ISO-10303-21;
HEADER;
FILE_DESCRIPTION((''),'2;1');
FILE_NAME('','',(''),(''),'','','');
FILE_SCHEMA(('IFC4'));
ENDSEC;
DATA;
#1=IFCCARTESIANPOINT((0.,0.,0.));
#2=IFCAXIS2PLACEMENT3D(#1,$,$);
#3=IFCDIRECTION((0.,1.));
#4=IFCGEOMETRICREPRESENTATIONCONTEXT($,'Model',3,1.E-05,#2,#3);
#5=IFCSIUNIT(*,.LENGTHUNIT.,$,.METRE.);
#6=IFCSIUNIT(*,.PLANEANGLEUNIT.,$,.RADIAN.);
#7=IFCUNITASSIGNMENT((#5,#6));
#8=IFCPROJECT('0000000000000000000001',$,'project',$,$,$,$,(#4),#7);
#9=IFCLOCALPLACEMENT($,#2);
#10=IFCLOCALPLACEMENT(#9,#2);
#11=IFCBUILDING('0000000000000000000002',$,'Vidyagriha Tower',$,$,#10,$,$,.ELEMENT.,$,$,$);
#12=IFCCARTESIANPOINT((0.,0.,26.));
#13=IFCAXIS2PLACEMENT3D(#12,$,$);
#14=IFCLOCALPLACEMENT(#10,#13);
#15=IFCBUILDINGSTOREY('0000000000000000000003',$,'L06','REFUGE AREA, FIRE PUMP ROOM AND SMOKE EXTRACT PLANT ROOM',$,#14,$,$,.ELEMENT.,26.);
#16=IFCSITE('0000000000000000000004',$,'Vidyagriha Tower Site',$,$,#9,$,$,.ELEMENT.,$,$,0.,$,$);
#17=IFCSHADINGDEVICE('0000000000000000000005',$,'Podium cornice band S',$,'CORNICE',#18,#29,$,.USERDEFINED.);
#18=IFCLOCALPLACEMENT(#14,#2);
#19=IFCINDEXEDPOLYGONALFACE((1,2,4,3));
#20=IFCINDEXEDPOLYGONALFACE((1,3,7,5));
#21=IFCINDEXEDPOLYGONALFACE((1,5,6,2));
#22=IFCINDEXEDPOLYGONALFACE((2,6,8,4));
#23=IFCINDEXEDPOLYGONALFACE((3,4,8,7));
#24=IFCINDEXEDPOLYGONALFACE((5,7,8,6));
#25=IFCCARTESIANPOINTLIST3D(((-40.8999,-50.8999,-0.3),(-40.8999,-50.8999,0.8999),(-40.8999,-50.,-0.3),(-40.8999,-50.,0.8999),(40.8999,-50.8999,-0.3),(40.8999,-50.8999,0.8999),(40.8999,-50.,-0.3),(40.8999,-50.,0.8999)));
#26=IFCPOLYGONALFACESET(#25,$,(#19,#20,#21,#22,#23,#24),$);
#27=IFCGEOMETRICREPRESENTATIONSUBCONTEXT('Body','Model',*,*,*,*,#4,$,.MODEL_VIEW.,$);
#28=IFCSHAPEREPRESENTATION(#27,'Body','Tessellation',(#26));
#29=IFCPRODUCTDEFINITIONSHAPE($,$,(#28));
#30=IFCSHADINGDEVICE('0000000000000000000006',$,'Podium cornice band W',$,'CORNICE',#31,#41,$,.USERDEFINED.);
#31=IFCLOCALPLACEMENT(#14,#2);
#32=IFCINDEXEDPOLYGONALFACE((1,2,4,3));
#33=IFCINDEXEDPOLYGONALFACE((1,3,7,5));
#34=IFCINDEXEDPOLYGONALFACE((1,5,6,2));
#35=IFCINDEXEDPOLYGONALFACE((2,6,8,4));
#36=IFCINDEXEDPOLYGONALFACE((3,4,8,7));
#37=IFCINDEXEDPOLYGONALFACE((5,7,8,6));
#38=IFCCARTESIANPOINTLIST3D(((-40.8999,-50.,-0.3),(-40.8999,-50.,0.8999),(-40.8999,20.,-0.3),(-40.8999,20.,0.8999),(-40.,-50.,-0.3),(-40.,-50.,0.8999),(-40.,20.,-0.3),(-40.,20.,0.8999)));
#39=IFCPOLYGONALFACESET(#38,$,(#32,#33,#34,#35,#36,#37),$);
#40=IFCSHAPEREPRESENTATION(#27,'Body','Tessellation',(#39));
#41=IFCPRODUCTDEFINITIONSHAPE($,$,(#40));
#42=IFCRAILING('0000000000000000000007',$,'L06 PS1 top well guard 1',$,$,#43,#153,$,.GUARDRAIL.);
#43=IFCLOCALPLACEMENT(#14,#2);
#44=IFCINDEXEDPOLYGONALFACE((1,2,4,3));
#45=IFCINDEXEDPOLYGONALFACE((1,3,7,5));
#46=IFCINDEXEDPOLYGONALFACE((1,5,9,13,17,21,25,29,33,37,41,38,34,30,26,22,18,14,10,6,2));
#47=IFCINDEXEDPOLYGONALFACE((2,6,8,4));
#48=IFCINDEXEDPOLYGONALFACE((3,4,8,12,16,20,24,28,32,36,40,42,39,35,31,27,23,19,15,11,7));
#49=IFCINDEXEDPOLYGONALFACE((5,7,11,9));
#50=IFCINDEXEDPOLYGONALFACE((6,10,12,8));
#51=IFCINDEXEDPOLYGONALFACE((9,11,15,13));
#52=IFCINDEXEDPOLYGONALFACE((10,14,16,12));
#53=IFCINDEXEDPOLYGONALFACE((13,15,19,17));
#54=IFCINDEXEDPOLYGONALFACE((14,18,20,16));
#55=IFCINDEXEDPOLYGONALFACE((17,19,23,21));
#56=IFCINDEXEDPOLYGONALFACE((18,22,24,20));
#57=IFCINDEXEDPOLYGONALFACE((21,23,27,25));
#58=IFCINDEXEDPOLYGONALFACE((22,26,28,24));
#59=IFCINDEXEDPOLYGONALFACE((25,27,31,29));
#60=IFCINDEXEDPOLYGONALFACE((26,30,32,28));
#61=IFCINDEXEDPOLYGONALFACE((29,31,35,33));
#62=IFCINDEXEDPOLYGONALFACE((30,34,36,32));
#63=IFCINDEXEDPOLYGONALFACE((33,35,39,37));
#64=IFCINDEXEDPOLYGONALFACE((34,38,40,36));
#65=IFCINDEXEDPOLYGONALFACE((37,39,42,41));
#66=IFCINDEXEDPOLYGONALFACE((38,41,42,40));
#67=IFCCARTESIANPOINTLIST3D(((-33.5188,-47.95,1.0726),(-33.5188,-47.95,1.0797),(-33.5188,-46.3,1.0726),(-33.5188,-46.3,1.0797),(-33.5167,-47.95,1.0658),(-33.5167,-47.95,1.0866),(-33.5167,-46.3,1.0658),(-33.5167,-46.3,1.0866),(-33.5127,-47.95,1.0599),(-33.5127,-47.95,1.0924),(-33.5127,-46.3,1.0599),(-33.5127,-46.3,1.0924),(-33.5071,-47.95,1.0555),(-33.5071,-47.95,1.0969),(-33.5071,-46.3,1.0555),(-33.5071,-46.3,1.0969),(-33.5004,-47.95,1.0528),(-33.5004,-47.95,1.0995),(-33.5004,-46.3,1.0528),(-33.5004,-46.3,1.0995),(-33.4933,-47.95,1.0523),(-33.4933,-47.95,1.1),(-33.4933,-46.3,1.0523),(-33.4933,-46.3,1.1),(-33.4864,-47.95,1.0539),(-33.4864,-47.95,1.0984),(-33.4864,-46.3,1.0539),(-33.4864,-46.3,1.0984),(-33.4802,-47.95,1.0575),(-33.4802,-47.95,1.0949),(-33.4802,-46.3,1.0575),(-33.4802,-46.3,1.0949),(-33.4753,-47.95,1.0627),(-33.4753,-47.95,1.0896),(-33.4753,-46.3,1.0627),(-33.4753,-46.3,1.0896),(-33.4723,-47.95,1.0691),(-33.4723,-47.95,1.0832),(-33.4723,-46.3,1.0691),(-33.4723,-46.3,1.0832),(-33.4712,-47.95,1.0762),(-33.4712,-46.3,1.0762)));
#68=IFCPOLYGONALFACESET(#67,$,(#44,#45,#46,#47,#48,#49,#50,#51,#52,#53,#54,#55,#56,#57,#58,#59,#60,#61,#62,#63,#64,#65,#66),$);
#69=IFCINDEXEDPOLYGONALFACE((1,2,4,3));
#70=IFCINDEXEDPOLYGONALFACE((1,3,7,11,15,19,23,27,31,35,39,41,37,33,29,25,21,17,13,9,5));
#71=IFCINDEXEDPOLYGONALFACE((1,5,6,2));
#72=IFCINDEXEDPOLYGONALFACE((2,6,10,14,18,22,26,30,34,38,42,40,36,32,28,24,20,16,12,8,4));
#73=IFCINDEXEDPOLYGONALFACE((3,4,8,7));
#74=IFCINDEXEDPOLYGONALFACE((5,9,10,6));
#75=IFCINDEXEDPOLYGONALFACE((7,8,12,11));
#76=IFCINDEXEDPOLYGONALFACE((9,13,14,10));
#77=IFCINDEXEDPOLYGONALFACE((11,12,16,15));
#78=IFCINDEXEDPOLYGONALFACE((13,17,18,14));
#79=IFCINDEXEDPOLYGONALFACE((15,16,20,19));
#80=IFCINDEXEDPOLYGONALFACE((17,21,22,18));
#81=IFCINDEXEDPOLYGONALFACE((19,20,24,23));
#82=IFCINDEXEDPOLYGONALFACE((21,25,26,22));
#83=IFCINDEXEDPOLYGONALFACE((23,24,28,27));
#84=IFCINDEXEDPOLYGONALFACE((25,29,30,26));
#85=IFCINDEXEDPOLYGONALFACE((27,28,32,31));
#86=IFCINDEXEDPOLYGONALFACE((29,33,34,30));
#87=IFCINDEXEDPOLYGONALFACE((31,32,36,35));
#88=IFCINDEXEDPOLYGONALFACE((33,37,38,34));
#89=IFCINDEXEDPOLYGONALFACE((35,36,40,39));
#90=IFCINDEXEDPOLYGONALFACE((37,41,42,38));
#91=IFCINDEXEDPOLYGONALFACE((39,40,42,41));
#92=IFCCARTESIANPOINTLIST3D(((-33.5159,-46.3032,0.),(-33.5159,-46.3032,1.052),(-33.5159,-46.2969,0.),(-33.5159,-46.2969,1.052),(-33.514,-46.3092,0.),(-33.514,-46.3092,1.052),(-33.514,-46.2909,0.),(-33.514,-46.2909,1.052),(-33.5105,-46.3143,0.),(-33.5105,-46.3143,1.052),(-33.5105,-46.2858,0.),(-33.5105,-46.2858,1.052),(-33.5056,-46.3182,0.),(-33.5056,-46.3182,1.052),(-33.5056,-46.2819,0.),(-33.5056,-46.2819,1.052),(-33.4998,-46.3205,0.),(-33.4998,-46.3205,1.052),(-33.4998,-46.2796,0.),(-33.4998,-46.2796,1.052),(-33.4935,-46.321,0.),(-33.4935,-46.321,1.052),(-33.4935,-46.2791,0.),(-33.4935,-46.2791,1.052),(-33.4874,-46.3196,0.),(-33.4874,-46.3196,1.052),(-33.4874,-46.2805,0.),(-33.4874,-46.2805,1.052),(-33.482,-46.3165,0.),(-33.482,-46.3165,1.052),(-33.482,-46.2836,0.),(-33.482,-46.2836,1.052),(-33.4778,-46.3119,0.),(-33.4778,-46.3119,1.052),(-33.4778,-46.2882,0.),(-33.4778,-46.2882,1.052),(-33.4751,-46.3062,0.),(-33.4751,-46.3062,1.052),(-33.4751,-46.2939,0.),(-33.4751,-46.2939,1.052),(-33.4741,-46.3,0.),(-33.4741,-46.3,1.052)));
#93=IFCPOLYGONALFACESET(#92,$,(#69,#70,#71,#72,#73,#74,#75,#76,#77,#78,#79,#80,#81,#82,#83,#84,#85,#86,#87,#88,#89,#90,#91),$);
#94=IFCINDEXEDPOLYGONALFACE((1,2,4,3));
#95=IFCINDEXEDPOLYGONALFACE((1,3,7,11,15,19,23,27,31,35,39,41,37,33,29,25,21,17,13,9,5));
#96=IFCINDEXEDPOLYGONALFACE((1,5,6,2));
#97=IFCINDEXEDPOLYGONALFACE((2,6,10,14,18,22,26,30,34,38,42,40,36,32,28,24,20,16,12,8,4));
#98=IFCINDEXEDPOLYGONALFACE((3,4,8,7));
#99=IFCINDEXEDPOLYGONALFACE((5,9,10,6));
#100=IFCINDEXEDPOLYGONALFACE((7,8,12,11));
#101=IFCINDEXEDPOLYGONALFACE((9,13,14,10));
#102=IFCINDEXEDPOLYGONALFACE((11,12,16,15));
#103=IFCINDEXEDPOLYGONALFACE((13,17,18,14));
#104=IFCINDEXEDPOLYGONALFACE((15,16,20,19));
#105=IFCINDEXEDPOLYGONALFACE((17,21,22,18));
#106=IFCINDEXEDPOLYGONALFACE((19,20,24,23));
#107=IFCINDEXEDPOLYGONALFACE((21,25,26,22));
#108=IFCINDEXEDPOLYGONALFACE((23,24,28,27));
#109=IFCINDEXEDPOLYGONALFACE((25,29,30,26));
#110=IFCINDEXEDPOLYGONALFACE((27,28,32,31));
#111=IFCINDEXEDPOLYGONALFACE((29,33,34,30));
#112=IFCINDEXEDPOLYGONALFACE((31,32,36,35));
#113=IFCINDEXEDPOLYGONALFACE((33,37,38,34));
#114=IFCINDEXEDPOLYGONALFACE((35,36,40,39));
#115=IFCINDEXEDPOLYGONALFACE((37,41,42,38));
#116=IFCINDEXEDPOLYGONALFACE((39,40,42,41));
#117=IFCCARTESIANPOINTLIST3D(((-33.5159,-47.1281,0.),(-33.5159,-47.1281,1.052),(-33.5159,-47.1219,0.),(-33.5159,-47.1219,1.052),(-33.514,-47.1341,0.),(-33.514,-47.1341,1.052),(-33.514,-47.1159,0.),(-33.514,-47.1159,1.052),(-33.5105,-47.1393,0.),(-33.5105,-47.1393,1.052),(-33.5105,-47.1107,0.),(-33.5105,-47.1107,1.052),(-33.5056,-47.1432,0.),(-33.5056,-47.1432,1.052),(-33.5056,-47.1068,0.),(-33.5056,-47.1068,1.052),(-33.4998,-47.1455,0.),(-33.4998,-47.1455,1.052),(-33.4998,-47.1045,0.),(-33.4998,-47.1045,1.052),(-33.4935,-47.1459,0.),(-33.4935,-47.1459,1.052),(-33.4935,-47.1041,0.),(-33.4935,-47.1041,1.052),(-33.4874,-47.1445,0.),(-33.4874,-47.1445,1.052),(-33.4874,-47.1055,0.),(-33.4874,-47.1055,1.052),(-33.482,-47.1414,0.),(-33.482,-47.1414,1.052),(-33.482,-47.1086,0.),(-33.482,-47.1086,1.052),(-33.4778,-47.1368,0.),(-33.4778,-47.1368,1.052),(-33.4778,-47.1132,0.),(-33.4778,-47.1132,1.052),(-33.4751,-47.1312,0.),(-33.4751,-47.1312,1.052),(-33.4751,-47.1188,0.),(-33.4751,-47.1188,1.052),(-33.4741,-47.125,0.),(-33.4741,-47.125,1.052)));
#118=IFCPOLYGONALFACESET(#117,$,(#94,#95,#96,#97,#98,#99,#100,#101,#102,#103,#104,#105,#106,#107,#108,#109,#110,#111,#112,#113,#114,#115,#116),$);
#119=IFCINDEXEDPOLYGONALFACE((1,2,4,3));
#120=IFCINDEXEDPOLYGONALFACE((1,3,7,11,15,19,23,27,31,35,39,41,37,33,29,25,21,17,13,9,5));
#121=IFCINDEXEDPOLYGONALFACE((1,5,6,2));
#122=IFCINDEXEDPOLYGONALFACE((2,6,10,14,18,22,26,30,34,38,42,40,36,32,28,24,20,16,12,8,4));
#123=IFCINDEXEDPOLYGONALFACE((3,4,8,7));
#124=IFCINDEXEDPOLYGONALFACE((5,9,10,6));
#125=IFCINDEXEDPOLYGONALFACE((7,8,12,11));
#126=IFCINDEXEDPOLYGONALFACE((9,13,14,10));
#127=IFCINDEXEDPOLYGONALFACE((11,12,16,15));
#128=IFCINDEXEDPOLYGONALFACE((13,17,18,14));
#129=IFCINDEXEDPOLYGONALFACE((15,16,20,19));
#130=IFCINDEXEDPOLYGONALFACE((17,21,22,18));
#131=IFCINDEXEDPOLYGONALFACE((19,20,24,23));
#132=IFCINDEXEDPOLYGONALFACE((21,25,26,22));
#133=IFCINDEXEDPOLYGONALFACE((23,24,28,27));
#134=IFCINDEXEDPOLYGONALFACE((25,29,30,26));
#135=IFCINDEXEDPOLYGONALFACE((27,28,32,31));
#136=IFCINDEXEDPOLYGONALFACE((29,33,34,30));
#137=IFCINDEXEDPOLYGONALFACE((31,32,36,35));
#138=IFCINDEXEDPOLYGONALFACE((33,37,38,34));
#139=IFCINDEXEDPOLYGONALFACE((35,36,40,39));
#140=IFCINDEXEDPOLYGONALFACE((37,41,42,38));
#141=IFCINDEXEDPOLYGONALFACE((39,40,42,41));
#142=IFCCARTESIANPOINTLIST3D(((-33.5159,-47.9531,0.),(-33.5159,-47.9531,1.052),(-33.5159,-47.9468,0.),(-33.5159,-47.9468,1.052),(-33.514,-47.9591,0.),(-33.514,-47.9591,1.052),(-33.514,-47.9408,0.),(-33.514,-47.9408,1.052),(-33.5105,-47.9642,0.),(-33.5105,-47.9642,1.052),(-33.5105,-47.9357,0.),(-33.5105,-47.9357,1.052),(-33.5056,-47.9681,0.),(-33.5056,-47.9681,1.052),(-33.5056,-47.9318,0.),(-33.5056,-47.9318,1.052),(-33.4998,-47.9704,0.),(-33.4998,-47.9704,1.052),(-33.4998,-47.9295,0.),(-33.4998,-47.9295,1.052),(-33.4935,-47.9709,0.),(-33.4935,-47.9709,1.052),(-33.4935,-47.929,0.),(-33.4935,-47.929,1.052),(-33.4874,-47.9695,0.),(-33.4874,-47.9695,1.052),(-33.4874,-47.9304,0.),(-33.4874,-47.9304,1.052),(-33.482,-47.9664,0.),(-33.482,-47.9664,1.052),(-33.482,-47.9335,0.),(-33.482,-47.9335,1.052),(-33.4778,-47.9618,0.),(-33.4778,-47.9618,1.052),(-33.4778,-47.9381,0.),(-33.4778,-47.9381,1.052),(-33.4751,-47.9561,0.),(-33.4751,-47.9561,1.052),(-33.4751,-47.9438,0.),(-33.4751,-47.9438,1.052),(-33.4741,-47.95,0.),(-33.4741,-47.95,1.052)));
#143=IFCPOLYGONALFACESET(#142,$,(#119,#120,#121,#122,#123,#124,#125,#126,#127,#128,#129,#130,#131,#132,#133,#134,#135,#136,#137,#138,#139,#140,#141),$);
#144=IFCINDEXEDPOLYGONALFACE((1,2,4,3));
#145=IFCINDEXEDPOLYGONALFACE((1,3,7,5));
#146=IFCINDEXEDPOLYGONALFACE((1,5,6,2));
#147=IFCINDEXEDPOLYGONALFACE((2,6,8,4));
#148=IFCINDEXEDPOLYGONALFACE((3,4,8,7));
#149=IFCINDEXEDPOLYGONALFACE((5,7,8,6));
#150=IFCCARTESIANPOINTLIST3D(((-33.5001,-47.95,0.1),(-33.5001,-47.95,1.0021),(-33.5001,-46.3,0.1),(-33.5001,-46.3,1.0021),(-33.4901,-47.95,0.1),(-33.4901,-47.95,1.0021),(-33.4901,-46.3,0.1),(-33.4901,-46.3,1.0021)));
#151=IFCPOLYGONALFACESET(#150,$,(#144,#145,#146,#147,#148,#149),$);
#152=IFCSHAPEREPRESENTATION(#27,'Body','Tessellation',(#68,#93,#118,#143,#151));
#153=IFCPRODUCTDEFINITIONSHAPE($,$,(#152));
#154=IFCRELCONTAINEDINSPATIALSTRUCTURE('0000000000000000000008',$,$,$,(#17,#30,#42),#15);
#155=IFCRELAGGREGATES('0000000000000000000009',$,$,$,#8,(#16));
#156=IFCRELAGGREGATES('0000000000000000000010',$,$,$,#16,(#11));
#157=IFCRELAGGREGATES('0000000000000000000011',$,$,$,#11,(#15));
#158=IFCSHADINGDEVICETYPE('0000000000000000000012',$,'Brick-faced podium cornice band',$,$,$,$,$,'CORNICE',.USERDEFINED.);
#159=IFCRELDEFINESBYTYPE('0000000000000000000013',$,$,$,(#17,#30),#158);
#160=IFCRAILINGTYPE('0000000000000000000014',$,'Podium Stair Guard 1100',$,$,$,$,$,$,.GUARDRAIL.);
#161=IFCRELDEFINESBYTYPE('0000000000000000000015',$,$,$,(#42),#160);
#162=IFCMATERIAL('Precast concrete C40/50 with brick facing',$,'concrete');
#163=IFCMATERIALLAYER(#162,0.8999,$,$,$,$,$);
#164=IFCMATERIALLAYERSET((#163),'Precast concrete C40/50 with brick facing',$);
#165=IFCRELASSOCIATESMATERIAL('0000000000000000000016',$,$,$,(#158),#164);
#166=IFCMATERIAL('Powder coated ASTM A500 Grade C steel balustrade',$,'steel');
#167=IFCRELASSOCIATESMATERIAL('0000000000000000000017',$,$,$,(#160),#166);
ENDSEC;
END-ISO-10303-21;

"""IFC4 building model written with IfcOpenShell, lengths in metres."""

from ifc_helpers import new_model, si_unit, direction, frame, frame_2d, origin, origin_2d, place, context, subcontext, project, spatial, rectangle, circle, extrude, material, layer, layer_set, type_object, element, save


model = new_model("IFC4")

# Units and contexts
model_context = context("Model", 3, precision=1e-05, world=origin(), true_north=direction((0.0, 1.0)))
body_context = subcontext(model_context, "Body", "Model", "MODEL_VIEW")
ifc_project = project(units=[si_unit("LENGTHUNIT", "METRE"), si_unit("PLANEANGLEUNIT", "RADIAN")], contexts=[model_context])

# Site, building, storey
site_placement = place(None, origin())
site = spatial("IfcSite", under=ifc_project, at=site_placement, Name="Vidyagriha Tower Site", CompositionType="ELEMENT", RefElevation=0.0)
building_placement = place(site_placement, origin())
building = spatial("IfcBuilding", under=site, at=building_placement, Name="Vidyagriha Tower", CompositionType="ELEMENT")
storey_placement = place(building_placement, frame((0.0, 0.0, 26.0)))
storey = spatial("IfcBuildingStorey", under=building, at=storey_placement, Name="L06", Description="REFUGE AREA, FIRE PUMP ROOM AND SMOKE EXTRACT PLANT ROOM", CompositionType="ELEMENT", Elevation=26.0)

# Shading devices
ifc_material_1 = material(Name="Precast concrete C40/50 with brick facing", Category="concrete")
ifc_layer_1 = layer(ifc_material_1, 0.8999)
ifc_layer_set_1 = layer_set([ifc_layer_1], Name="Precast concrete C40/50 with brick facing")
shading_device_type = type_object("IfcShadingDeviceType", Name="Brick-faced podium cornice band", ElementType="CORNICE", PredefinedType="USERDEFINED", material=ifc_layer_set_1)
shading_device_1_placement = place(storey_placement, frame((-40.8999, -50.45, -0.3)))
element("IfcShadingDevice", 1, at=shading_device_1_placement, inside=storey, type_object=shading_device_type, Name="Podium cornice band S", ObjectType="CORNICE", PredefinedType="USERDEFINED", context=body_context, shape_type="SweptSolid", body=[
    extrude(rectangle(XDim=81.7998, YDim=0.8999, at=frame_2d((40.8999, 0.0))), origin(), (0.0, 0.0, 1.0), 1.2),
])
shading_device_2_placement = place(storey_placement, frame((-40.45, -50.0, -0.3), z_axis=(0.0, 0.0, 1.0), x_axis=(0.0, 1.0, 0.0)))
element("IfcShadingDevice", 2, at=shading_device_2_placement, inside=storey, type_object=shading_device_type, Name="Podium cornice band W", ObjectType="CORNICE", PredefinedType="USERDEFINED", context=body_context, shape_type="SweptSolid", body=[
    extrude(rectangle(XDim=70.0, YDim=0.8999, at=frame_2d((35.0, 0.0))), origin(), (0.0, 0.0, 1.0), 1.2),
])

# Railing
ifc_material_2 = material(Name="Powder coated ASTM A500 Grade C steel balustrade", Category="steel")
railing_type = type_object("IfcRailingType", Name="Podium Stair Guard 1100", PredefinedType="GUARDRAIL", material=ifc_material_2)
railing_placement = place(storey_placement, frame((-33.4951, -46.3, 0.0)))
element("IfcRailing", 3, at=railing_placement, inside=storey, type_object=railing_type, Name="L06 PS1 top well guard 1", PredefinedType="GUARDRAIL", context=body_context, shape_type="SweptSolid", body=[
    extrude(circle(Radius=0.0239, at=origin_2d()), frame((0.0, 0.0, 1.0762), z_axis=(0.0, -1.0, 0.0), x_axis=(1.0, 0.0, 0.0)), (0.0, 0.0, 1.0), 1.6499),
    extrude(circle(Radius=0.021, at=origin_2d()), origin(), (0.0, 0.0, 1.0), 1.052),
    extrude(circle(Radius=0.021, at=origin_2d()), frame((0.0, -0.825, 0.0)), (0.0, 0.0, 1.0), 1.052),
    extrude(circle(Radius=0.021, at=origin_2d()), frame((0.0, -1.6499, 0.0)), (0.0, 0.0, 1.0), 1.052),
    extrude(rectangle(XDim=0.01, YDim=0.9021, at=origin_2d()), frame((0.0, 0.0, 0.551), z_axis=(0.0, -1.0, 0.0), x_axis=(1.0, 0.0, 0.0)), (0.0, 0.0, 1.0), 1.6499),
])

save(model, "model.ifc")
